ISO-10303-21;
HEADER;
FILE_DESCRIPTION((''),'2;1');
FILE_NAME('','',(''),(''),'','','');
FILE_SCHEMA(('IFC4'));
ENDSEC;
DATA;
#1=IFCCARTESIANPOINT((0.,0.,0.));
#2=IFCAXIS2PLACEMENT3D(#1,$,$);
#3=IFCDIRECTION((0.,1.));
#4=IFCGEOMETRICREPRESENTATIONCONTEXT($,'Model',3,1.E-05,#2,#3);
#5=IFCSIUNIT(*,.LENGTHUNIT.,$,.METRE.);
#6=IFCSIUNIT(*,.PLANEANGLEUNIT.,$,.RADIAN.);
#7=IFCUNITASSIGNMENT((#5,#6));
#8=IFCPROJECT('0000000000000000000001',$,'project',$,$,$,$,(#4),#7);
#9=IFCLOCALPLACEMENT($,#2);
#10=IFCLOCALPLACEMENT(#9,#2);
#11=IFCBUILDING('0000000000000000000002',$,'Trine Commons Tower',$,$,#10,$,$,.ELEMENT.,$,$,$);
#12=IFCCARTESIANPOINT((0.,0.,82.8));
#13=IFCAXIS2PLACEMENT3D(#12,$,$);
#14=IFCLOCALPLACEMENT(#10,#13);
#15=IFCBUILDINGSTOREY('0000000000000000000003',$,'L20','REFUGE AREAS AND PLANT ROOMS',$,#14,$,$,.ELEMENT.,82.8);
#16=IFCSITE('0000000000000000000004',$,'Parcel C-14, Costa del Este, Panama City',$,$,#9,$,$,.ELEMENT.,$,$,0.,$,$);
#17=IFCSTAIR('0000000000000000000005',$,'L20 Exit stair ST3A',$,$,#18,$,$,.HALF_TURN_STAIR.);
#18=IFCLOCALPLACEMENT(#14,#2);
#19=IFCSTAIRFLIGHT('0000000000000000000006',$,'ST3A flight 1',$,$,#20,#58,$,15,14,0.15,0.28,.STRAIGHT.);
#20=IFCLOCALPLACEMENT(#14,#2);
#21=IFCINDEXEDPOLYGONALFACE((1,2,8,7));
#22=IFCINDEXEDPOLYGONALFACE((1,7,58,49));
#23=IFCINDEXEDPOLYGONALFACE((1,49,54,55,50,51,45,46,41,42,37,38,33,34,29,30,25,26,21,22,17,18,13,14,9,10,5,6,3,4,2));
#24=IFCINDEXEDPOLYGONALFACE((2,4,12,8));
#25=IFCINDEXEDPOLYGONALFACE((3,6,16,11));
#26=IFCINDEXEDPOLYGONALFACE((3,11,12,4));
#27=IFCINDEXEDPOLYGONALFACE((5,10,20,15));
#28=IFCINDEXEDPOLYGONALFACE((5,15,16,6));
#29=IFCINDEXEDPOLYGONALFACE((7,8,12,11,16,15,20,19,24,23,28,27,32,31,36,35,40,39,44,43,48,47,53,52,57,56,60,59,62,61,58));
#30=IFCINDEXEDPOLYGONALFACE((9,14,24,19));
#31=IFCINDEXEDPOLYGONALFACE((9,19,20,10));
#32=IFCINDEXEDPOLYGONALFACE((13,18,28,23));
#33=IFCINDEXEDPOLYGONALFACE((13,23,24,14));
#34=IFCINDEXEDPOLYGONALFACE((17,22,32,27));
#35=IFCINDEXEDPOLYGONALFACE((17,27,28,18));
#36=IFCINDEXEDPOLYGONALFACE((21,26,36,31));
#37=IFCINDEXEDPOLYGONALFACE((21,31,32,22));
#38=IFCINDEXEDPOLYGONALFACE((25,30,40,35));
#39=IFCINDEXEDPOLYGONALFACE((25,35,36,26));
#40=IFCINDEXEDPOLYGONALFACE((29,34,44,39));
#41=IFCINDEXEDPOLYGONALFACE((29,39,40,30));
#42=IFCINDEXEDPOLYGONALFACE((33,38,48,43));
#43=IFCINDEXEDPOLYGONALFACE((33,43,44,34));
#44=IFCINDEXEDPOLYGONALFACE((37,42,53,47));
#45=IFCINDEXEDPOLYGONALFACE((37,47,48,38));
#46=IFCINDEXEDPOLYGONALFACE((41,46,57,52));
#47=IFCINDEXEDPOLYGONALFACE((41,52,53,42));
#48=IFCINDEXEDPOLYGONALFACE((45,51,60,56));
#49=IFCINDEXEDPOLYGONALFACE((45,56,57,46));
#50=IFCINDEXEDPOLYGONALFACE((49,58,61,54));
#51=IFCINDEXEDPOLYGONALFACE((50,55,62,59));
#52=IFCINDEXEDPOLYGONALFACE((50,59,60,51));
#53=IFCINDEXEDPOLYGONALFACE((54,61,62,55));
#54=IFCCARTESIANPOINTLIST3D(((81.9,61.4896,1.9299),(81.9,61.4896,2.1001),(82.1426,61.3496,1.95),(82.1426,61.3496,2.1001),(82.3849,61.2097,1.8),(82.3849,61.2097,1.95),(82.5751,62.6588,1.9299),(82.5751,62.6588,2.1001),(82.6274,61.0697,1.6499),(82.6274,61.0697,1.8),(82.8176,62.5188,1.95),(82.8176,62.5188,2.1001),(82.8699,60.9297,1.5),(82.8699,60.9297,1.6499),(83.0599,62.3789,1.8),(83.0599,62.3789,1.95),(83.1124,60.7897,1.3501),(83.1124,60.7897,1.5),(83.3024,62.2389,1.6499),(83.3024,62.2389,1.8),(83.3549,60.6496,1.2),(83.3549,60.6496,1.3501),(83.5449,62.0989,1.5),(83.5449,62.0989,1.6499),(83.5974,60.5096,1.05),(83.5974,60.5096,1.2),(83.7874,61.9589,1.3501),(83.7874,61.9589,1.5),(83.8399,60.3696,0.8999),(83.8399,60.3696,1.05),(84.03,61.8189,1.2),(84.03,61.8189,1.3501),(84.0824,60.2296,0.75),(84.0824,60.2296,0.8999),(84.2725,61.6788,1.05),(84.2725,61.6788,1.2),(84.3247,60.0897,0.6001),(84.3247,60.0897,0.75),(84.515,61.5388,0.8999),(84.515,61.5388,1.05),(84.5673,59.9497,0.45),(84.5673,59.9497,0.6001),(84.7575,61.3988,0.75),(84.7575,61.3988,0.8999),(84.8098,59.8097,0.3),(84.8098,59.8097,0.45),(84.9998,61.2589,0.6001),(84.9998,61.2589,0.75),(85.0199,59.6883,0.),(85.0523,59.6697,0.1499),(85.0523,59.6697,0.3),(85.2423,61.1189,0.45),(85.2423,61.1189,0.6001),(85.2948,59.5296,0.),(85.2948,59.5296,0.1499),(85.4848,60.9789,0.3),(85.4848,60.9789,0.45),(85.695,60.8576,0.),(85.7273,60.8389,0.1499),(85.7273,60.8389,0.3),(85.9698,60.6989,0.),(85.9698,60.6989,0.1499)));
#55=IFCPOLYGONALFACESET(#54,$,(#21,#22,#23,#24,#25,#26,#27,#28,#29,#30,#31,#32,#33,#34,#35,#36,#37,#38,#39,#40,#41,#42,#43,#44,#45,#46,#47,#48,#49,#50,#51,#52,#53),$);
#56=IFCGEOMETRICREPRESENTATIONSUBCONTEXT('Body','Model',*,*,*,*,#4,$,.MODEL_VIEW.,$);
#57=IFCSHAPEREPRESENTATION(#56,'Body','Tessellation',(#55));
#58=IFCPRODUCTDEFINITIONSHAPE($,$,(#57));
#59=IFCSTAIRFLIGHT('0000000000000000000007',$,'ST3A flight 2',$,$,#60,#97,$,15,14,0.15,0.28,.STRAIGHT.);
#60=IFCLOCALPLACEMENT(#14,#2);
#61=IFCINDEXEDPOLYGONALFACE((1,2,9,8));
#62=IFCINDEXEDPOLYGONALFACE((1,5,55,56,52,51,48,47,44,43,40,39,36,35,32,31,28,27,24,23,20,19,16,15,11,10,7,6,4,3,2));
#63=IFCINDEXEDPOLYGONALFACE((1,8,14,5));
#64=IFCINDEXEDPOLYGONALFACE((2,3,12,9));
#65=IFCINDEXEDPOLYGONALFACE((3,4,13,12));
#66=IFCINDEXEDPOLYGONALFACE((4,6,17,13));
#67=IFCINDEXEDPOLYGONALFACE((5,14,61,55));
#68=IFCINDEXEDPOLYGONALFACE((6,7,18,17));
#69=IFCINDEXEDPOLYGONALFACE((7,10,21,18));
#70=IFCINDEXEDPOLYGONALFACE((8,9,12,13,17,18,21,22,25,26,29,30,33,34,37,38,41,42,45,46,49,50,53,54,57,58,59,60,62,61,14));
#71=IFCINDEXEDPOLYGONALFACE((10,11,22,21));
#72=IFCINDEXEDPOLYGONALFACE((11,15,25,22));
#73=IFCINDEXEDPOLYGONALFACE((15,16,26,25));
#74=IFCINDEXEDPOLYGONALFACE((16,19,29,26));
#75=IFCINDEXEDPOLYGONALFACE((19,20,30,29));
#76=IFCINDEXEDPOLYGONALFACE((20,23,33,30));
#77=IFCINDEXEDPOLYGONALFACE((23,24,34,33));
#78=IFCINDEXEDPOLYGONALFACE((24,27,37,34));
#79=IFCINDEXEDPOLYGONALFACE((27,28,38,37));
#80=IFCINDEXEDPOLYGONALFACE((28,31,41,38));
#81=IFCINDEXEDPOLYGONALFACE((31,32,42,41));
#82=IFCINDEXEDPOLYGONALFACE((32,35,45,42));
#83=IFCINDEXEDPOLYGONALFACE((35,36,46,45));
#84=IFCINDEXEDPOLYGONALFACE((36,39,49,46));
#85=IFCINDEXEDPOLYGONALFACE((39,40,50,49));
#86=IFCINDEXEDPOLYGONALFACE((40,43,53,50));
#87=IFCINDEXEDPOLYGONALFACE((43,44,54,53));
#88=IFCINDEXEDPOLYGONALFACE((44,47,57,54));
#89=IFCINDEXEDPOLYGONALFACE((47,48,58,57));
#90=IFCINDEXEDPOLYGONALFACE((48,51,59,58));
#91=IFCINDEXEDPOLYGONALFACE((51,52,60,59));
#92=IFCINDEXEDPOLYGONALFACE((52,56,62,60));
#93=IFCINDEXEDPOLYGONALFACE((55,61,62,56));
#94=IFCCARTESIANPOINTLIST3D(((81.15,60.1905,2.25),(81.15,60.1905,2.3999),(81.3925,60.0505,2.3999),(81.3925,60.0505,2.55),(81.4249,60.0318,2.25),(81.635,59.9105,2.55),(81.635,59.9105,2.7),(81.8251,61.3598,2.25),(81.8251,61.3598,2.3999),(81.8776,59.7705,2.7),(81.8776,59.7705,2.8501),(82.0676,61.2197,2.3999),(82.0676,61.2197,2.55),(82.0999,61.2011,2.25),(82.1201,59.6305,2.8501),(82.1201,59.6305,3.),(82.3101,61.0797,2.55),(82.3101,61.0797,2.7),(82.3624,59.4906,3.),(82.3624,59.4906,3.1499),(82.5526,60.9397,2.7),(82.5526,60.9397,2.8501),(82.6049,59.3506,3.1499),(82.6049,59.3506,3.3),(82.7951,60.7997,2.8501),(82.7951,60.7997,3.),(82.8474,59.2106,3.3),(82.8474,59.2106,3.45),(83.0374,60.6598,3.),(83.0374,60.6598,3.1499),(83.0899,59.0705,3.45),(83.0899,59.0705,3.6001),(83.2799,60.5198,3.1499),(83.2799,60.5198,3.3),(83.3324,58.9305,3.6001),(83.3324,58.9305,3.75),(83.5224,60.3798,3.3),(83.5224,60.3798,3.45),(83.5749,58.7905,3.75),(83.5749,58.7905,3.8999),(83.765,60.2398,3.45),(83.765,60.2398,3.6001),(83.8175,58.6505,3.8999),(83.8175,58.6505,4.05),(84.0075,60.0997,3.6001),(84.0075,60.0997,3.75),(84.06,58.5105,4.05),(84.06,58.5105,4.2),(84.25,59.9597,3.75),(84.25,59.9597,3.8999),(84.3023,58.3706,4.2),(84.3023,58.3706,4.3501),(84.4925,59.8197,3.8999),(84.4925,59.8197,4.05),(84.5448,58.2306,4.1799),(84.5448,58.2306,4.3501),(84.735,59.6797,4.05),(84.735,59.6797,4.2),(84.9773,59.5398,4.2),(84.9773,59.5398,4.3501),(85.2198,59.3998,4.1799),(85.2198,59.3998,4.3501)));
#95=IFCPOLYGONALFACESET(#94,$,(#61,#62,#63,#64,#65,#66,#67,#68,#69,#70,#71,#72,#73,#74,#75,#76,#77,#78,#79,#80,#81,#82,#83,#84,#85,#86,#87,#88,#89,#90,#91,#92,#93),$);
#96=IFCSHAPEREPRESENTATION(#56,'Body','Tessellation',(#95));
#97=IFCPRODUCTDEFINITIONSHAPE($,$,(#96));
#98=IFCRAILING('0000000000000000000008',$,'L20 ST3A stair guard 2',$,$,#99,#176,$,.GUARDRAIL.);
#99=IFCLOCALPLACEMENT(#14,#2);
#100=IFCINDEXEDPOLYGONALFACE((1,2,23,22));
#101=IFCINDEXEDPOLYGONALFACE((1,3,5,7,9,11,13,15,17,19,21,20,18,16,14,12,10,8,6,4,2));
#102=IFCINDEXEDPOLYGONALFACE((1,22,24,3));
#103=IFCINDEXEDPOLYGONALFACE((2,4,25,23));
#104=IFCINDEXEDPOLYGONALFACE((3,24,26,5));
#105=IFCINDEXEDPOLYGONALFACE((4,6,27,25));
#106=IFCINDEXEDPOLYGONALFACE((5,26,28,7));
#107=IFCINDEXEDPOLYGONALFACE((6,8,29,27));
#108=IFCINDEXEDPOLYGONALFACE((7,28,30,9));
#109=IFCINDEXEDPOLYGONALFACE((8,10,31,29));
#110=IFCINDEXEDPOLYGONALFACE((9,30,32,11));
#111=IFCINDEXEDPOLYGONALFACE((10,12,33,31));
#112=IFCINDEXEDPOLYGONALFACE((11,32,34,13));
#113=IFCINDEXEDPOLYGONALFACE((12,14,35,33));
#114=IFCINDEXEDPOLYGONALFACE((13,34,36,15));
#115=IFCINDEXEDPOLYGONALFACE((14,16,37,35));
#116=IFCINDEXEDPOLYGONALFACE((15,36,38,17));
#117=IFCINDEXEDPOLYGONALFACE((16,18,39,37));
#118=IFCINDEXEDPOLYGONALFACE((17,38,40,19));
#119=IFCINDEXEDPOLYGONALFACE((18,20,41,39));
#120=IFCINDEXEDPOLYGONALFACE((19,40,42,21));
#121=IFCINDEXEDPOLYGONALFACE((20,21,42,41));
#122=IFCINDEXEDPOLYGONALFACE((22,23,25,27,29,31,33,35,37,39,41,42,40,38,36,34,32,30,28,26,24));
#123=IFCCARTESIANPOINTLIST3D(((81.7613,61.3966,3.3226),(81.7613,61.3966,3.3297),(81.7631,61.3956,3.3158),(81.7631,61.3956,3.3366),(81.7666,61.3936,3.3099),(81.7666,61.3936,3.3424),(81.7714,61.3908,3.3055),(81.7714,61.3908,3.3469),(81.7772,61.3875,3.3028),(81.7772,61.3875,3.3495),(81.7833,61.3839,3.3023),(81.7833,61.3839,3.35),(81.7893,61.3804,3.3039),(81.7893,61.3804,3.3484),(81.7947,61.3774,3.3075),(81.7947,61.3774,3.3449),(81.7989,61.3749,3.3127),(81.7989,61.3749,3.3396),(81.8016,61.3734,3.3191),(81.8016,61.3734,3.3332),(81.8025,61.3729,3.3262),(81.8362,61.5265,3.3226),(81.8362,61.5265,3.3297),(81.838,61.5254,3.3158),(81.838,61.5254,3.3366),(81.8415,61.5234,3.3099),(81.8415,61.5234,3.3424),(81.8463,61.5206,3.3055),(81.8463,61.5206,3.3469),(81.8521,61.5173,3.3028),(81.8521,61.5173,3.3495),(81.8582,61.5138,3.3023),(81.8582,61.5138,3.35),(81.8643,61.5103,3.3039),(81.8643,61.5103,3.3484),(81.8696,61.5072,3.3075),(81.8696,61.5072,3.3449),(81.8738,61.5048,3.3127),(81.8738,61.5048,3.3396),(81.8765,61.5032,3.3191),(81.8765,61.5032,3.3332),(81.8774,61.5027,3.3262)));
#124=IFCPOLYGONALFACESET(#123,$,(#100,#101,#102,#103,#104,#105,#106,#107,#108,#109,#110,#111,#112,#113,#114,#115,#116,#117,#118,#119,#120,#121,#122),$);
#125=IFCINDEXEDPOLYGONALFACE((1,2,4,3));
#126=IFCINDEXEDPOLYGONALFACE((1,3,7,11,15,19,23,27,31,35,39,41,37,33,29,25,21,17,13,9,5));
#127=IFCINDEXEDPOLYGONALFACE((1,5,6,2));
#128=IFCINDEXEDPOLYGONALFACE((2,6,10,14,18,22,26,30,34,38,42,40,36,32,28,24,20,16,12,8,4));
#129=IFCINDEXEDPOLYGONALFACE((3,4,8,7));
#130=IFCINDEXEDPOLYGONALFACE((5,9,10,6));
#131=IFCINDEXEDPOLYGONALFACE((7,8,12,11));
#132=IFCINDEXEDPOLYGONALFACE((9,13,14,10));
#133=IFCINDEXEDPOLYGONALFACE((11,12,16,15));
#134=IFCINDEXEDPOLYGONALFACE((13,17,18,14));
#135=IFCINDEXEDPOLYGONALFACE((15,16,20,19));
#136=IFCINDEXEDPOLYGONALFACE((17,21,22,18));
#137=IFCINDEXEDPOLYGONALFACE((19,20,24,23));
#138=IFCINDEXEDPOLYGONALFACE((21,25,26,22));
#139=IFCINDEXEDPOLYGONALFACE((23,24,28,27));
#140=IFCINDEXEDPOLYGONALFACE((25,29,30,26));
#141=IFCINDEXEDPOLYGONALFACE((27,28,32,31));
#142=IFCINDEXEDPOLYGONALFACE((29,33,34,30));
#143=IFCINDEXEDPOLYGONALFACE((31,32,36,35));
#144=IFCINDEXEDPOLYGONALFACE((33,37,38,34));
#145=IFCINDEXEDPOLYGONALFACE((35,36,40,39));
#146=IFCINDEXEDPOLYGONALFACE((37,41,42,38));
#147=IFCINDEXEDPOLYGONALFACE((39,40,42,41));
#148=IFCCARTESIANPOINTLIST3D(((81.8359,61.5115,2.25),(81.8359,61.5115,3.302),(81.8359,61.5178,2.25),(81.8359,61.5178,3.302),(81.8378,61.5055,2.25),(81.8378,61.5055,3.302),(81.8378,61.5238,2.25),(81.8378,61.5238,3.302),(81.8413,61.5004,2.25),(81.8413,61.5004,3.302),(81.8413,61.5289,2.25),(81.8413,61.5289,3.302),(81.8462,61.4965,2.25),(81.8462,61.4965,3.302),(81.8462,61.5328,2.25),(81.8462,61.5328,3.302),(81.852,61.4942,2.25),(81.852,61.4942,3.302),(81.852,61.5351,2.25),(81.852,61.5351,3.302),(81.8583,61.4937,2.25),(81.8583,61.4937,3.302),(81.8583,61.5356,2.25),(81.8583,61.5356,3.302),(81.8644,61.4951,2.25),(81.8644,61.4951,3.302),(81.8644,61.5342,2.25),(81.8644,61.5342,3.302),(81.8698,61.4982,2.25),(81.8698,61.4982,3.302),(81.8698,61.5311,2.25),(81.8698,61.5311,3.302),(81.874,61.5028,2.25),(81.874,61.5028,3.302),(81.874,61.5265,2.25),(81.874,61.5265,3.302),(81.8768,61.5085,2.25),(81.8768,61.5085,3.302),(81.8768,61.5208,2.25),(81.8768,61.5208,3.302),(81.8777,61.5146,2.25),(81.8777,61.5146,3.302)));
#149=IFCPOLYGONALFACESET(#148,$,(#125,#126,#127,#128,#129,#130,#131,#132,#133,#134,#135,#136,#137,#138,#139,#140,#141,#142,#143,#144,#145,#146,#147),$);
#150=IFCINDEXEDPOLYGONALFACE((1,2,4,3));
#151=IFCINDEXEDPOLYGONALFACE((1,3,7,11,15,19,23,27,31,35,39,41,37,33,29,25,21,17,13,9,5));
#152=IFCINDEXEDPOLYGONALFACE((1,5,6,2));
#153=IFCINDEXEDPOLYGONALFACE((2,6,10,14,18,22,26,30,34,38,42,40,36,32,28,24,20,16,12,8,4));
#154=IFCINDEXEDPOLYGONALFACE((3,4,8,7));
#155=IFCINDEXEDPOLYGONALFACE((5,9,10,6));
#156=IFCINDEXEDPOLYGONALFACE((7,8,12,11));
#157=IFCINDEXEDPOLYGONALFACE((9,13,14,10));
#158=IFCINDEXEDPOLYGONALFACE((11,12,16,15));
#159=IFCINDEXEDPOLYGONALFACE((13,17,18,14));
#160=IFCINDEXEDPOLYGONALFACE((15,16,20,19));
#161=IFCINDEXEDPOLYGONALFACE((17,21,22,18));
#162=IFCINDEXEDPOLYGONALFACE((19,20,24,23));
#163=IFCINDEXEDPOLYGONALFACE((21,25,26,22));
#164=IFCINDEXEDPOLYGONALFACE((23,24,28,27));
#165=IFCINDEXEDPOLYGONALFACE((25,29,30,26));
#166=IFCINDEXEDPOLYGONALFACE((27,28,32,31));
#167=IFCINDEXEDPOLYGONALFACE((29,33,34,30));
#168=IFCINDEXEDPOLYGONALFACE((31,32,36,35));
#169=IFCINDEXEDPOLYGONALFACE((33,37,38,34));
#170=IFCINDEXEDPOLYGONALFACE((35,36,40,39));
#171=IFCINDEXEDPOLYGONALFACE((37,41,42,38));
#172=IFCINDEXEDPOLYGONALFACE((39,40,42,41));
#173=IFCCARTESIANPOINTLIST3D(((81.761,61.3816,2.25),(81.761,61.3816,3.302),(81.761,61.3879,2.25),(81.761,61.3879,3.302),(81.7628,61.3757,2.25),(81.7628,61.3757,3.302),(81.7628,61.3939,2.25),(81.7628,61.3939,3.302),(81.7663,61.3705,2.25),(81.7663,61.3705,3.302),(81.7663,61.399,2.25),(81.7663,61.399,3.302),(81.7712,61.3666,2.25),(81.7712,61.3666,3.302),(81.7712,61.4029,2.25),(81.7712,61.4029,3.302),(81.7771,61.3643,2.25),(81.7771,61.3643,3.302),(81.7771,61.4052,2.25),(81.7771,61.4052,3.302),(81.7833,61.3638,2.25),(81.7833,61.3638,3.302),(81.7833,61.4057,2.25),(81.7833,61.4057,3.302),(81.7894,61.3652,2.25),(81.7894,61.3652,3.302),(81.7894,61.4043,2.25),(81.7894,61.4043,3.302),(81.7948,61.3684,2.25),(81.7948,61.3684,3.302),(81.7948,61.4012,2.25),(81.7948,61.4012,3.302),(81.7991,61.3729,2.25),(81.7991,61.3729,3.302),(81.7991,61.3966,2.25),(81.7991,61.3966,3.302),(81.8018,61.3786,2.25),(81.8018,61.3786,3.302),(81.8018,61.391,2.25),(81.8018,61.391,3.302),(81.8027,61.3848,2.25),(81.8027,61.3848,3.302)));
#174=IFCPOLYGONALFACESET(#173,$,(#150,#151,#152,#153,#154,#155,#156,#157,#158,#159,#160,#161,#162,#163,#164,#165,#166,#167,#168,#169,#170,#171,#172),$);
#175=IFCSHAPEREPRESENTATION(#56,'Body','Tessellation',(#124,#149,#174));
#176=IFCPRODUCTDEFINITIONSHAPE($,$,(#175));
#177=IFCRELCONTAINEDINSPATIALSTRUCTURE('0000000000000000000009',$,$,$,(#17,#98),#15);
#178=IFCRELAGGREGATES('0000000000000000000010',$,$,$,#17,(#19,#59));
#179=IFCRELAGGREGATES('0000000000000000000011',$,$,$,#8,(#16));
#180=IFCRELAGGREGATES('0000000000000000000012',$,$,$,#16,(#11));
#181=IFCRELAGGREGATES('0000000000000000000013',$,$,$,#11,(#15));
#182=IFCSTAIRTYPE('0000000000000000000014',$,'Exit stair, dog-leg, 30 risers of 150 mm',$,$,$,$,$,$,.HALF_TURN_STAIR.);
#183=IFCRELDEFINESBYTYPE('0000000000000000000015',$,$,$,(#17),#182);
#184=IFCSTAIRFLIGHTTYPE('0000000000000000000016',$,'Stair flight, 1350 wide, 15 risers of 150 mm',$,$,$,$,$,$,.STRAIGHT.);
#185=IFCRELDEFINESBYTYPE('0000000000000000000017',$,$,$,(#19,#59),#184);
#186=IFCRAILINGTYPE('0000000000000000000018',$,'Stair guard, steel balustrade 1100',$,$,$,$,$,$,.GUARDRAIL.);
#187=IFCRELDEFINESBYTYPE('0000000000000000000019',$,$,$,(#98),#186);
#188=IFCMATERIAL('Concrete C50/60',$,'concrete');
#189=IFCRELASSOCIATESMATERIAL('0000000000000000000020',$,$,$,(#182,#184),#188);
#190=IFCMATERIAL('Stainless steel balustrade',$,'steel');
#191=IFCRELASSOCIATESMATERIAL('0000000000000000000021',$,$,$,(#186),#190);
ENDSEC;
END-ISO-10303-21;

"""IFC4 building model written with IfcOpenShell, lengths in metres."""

from ifc_helpers import new_model, si_unit, direction, frame, origin, origin_2d, place, context, subcontext, project, spatial, polyline, circle, outline, extrude, material, type_object, element, aggregate, save


model = new_model("IFC4")

# Units and contexts
model_context = context("Model", 3, precision=1e-05, world=origin(), true_north=direction((0.0, 1.0)))
body_context = subcontext(model_context, "Body", "Model", "MODEL_VIEW")
ifc_project = project(units=[si_unit("LENGTHUNIT", "METRE"), si_unit("PLANEANGLEUNIT", "RADIAN")], contexts=[model_context])

# Site, building, storey
site_placement = place(None, origin())
site = spatial("IfcSite", under=ifc_project, at=site_placement, Name="Parcel C-14, Costa del Este, Panama City", CompositionType="ELEMENT", RefElevation=0.0)
building_placement = place(site_placement, origin())
building = spatial("IfcBuilding", under=site, at=building_placement, Name="Trine Commons Tower", CompositionType="ELEMENT")
storey_placement = place(building_placement, frame((0.0, 0.0, 82.8)))
storey = spatial("IfcBuildingStorey", under=building, at=storey_placement, Name="L20", Description="REFUGE AREAS AND PLANT ROOMS", CompositionType="ELEMENT", Elevation=82.8)

# Stair, stair flights
ifc_material_1 = material(Name="Concrete C50/60", Category="concrete")
stair_type = type_object("IfcStairType", Name="Exit stair, dog-leg, 30 risers of 150 mm", PredefinedType="HALF_TURN_STAIR", material=ifc_material_1)
stair_placement = place(storey_placement, origin())
stair = element("IfcStair", 1, at=stair_placement, inside=storey, type_object=stair_type, Name="L20 Exit stair ST3A", PredefinedType="HALF_TURN_STAIR")
stair_flight_type = type_object("IfcStairFlightType", Name="Stair flight, 1350 wide, 15 risers of 150 mm", PredefinedType="STRAIGHT", material=ifc_material_1)
stair_flight_1_placement = place(storey_placement, frame((85.6323, 60.1143, 0.0), z_axis=(0.0, 0.0, 1.0), x_axis=(-0.866025, 0.5, 0.0)))
stair_flight_1 = element("IfcStairFlight", 2, at=stair_flight_1_placement, type_object=stair_flight_type, Name="ST3A flight 1", NumberOfRisers=15, NumberOfTreads=14, PredefinedType="STRAIGHT", RiserHeight=0.15, TreadLength=0.28, context=body_context, shape_type="SweptSolid", body=[
    extrude(outline(polyline([(0.0, 0.0), (0.0, 0.1499), (0.28, 0.1499), (0.28, 0.3), (0.5601, 0.3), (0.5601, 0.45), (0.8401, 0.45), (0.8401, 0.6001), (1.1201, 0.6001), (1.1201, 0.75), (1.3999, 0.75), (1.3999, 0.8999), (1.6799, 0.8999), (1.6799, 1.05), (1.96, 1.05), (1.96, 1.2), (2.24, 1.2), (2.24, 1.3501), (2.52, 1.3501), (2.52, 1.5), (2.8, 1.5), (2.8, 1.6499), (3.0801, 1.6499), (3.0801, 1.8), (3.3601, 1.8), (3.3601, 1.95), (3.6399, 1.95), (3.6399, 2.1001), (3.9199, 2.1001), (3.9199, 2.25), (3.9199, 1.9299), (0.3174, 0.0), (0.0, 0.0)])), frame((0.0, 0.675, 0.0), z_axis=(0.0, -1.0, 0.0), x_axis=(1.0, 0.0, 0.0)), (0.0, 0.0, 1.0), 1.3501),
])
stair_flight_2_placement = place(storey_placement, frame((81.4875, 60.7751, 2.25), z_axis=(0.0, 0.0, 1.0), x_axis=(0.866025, -0.5, 0.0)))
stair_flight_2 = element("IfcStairFlight", 3, at=stair_flight_2_placement, type_object=stair_flight_type, Name="ST3A flight 2", NumberOfRisers=15, NumberOfTreads=14, PredefinedType="STRAIGHT", RiserHeight=0.15, TreadLength=0.28, context=body_context, shape_type="SweptSolid", body=[
    extrude(outline(polyline([(0.0, 0.0), (0.0, 0.1499), (0.28, 0.1499), (0.28, 0.3), (0.5601, 0.3), (0.5601, 0.45), (0.8401, 0.45), (0.8401, 0.6001), (1.1201, 0.6001), (1.1201, 0.75), (1.3999, 0.75), (1.3999, 0.8999), (1.6799, 0.8999), (1.6799, 1.05), (1.96, 1.05), (1.96, 1.2), (2.24, 1.2), (2.24, 1.3501), (2.52, 1.3501), (2.52, 1.5), (2.8, 1.5), (2.8, 1.6499), (3.0801, 1.6499), (3.0801, 1.8), (3.3601, 1.8), (3.3601, 1.95), (3.6399, 1.95), (3.6399, 2.1001), (3.9199, 2.1001), (3.9199, 2.25), (3.9199, 1.9299), (0.3174, 0.0), (0.0, 0.0)])), frame((0.0, 0.675, 0.0), z_axis=(0.0, -1.0, 0.0), x_axis=(1.0, 0.0, 0.0)), (0.0, 0.0, 1.0), 1.3501),
])
aggregate(stair, [stair_flight_1, stair_flight_2])

# Railing
ifc_material_2 = material(Name="Stainless steel balustrade", Category="steel")
railing_type_1 = type_object("IfcRailingType", Name="Stair guard, steel balustrade 1100", PredefinedType="GUARDRAIL", material=ifc_material_2)
railing_1_placement = place(storey_placement, frame((81.8567, 61.5146, 2.25)))
element("IfcRailing", 4, at=railing_1_placement, inside=storey, type_object=railing_type_1, Name="L20 ST3A stair guard 2", PredefinedType="GUARDRAIL", context=body_context, shape_type="SweptSolid", body=[
    extrude(circle(Radius=0.0239, at=origin_2d()), frame((0.0, 0.0, 1.0762), z_axis=(-0.499816, -0.866131, 0.0), x_axis=(0.866131, -0.499816, 0.0)), (0.0, 0.0, 1.0), 0.1499),
    extrude(circle(Radius=0.021, at=origin_2d()), origin(), (0.0, 0.0, 1.0), 1.052),
    extrude(circle(Radius=0.021, at=origin_2d()), frame((-0.075, -0.1299, 0.0)), (0.0, 0.0, 1.0), 1.052),
])

save(model, "model.ifc")
